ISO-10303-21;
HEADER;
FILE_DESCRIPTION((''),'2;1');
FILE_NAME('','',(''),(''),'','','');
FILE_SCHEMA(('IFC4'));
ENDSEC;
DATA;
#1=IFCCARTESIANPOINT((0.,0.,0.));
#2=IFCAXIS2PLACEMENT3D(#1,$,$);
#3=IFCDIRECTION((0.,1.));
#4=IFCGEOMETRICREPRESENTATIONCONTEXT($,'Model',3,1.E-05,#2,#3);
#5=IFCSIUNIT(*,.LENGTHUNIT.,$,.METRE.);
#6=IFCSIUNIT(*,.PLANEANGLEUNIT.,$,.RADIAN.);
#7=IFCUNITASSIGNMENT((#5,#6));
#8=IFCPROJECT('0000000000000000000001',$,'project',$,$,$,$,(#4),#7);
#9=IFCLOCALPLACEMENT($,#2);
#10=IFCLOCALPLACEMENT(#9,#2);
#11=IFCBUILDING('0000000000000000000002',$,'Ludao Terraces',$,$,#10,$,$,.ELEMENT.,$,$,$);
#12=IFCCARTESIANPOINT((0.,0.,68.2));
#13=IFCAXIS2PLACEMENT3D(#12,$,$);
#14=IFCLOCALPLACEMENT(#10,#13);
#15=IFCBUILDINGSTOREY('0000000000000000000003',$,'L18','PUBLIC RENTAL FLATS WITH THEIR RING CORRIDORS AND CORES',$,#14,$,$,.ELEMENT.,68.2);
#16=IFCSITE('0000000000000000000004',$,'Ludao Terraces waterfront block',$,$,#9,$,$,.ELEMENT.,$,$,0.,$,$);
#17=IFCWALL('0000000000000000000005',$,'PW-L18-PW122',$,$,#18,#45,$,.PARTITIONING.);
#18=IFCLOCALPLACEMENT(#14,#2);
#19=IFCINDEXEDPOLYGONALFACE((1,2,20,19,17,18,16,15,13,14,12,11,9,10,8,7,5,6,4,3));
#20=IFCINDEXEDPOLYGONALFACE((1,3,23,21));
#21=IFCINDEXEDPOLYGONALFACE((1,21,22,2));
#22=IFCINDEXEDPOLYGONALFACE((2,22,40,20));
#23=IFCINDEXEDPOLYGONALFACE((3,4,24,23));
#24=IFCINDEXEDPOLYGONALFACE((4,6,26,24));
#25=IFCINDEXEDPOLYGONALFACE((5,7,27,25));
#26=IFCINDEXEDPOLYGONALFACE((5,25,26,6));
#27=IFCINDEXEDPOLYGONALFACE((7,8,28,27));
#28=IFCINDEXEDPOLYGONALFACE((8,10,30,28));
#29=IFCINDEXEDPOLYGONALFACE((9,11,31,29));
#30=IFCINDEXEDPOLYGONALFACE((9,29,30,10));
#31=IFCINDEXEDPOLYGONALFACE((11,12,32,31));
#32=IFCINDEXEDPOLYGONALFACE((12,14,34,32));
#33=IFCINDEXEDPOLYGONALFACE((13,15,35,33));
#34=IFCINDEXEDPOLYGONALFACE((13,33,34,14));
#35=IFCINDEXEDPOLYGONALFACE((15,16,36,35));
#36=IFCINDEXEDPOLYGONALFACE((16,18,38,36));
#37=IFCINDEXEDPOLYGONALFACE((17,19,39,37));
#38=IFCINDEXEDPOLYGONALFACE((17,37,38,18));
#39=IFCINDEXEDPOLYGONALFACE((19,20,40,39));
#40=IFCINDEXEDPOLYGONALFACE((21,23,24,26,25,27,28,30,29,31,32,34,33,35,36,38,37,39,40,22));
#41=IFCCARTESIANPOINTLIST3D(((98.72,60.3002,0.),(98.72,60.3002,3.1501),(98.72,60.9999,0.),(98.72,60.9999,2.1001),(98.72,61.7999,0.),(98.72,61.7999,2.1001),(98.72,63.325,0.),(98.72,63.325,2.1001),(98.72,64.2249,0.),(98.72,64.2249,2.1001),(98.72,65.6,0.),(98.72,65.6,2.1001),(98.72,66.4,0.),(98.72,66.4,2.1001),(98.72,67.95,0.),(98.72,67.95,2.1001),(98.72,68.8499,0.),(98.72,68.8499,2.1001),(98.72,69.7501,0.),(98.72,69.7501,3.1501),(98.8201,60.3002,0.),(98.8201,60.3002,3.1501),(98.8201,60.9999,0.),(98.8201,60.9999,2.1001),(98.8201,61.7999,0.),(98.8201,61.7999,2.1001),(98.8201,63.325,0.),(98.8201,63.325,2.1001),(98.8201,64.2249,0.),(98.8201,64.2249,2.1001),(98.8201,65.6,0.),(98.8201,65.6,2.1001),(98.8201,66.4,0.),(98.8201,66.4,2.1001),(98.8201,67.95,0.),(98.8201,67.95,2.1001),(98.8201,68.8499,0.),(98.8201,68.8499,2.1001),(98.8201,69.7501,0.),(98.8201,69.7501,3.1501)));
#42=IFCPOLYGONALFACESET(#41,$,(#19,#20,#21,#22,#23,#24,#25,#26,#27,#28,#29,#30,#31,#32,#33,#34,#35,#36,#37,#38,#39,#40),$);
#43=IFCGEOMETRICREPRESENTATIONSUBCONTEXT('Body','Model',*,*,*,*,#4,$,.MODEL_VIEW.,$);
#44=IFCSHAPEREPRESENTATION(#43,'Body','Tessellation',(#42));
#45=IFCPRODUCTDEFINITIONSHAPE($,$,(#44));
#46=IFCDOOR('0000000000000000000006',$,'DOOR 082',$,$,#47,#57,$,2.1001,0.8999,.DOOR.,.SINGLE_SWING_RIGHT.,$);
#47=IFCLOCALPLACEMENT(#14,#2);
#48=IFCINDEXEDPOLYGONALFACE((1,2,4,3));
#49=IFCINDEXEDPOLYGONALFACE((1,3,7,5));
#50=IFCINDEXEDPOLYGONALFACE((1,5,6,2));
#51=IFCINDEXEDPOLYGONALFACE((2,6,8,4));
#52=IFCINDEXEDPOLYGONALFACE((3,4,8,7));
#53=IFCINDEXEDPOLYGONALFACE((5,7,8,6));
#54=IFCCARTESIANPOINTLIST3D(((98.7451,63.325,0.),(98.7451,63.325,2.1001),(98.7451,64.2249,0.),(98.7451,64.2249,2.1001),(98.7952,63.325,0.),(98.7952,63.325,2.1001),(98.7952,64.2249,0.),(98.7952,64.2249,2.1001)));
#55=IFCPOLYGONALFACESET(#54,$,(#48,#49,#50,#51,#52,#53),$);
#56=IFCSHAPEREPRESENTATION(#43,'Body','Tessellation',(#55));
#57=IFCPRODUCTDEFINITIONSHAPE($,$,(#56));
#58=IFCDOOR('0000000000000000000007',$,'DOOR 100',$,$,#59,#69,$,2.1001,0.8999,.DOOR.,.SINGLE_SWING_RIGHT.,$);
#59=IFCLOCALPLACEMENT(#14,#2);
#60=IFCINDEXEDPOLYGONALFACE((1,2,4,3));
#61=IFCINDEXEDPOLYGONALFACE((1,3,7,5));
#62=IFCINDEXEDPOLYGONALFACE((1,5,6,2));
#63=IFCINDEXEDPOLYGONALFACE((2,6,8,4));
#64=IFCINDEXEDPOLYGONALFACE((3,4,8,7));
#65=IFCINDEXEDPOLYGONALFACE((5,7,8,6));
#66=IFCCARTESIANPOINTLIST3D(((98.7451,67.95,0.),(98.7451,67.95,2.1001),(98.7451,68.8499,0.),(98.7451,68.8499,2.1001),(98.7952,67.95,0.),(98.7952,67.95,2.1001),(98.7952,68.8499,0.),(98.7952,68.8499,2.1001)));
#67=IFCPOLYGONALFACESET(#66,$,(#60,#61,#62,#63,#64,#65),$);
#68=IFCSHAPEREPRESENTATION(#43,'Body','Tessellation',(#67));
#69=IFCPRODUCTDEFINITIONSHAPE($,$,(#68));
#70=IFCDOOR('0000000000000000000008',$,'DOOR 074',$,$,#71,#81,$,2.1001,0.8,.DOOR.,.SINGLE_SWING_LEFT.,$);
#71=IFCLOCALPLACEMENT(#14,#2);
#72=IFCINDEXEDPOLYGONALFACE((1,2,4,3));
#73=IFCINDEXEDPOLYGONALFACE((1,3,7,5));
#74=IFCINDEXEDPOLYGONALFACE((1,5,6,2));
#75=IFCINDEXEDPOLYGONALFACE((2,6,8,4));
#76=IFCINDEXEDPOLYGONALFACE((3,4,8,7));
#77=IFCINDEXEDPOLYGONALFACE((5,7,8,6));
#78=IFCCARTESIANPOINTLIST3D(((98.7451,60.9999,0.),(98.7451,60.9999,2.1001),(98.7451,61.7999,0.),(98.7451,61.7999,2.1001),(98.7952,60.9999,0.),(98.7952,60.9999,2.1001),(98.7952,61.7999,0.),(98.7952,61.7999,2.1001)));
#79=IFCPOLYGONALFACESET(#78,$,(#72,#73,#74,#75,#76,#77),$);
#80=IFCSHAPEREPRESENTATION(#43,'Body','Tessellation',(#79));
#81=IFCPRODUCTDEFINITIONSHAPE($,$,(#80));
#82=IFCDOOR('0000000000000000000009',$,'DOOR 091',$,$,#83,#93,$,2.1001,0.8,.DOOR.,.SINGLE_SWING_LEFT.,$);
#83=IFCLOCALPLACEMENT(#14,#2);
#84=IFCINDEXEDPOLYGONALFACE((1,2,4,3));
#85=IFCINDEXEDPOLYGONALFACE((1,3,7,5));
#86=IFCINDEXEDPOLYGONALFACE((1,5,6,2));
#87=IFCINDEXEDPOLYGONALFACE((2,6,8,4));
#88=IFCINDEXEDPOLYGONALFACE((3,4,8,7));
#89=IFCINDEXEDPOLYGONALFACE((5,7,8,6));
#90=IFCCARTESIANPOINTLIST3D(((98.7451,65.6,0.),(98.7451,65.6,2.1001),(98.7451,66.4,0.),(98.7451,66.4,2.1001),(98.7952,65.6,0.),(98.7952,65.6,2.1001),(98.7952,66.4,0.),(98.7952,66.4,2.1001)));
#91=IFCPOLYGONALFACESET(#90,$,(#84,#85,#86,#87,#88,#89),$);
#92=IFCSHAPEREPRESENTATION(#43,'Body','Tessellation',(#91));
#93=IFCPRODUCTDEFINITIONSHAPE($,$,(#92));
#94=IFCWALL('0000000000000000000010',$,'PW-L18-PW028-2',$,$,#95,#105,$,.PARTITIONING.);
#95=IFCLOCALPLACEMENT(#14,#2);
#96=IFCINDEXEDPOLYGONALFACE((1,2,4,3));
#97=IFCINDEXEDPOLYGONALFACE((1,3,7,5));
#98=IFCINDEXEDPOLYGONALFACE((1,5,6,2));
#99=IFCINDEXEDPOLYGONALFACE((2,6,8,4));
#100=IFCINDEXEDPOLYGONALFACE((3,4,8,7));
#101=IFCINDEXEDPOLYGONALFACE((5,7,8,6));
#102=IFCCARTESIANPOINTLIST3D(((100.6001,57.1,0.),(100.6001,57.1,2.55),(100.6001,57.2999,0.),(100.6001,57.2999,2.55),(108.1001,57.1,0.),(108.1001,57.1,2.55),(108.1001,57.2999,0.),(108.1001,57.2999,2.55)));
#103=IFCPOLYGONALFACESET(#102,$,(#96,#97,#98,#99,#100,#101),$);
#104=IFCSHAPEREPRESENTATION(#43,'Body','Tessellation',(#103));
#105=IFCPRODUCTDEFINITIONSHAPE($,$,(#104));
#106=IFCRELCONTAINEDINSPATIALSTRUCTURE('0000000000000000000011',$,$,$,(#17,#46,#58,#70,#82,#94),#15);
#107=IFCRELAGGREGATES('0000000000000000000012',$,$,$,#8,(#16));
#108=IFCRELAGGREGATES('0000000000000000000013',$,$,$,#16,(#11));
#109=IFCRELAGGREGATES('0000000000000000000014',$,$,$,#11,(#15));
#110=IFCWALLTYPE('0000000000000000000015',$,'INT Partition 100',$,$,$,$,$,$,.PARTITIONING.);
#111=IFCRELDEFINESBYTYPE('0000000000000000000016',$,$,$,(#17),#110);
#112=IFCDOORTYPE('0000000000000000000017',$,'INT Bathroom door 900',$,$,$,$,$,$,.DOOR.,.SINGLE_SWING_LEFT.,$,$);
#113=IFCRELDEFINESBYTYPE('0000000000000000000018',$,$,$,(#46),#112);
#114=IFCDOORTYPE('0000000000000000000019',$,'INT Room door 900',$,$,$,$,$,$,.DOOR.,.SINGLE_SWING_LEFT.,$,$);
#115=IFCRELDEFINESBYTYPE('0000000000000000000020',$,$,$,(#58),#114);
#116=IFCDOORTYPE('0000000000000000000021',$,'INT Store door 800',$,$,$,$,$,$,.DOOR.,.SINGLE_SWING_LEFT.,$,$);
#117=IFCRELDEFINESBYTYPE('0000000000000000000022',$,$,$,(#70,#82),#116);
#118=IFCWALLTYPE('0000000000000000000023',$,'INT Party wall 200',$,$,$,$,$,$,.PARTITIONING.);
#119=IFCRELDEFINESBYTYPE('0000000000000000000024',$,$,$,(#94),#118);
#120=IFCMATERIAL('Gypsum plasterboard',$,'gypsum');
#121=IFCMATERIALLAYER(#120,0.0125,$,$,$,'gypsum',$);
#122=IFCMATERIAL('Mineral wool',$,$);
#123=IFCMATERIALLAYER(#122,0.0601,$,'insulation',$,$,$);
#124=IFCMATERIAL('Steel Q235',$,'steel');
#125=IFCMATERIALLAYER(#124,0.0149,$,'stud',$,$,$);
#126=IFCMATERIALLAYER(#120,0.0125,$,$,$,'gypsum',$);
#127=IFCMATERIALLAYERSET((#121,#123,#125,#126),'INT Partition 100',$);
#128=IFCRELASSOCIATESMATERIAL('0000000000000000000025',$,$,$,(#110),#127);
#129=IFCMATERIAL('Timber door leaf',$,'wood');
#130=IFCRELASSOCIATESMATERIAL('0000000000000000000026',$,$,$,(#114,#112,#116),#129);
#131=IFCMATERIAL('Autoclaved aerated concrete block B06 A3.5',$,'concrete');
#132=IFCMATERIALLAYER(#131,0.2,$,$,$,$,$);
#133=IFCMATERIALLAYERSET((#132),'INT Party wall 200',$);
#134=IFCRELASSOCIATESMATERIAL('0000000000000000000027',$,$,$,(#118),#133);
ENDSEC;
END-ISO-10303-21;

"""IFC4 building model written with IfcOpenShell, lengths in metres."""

from ifc_helpers import new_model, si_unit, direction, frame, frame_2d, origin, place, context, subcontext, project, spatial, rectangle, extrude, material, layer, layer_set, type_object, element, fill, save


model = new_model("IFC4")

# Units and contexts
model_context = context("Model", 3, precision=1e-05, world=origin(), true_north=direction((0.0, 1.0)))
body_context = subcontext(model_context, "Body", "Model", "MODEL_VIEW")
ifc_project = project(units=[si_unit("LENGTHUNIT", "METRE"), si_unit("PLANEANGLEUNIT", "RADIAN")], contexts=[model_context])

# Site, building, storey
site_placement = place(None, origin())
site = spatial("IfcSite", under=ifc_project, at=site_placement, Name="Ludao Terraces waterfront block", CompositionType="ELEMENT", RefElevation=0.0)
building_placement = place(site_placement, origin())
building = spatial("IfcBuilding", under=site, at=building_placement, Name="Ludao Terraces", CompositionType="ELEMENT")
storey_placement = place(building_placement, frame((0.0, 0.0, 68.2)))
storey = spatial("IfcBuildingStorey", under=building, at=storey_placement, Name="L18", Description="PUBLIC RENTAL FLATS WITH THEIR RING CORRIDORS AND CORES", CompositionType="ELEMENT", Elevation=68.2)

# Shared definitions
ifc_material_1 = material(Name="Autoclaved aerated concrete block B06 A3.5", Category="concrete")
ifc_material_2 = material(Name="Steel Q235", Category="steel")

# Shared definitions
ifc_material_3 = material(Name="Gypsum plasterboard", Category="gypsum")
ifc_layer_1 = layer(ifc_material_3, 0.0125, Category="gypsum")
ifc_material_4 = material(Name="Mineral wool")
ifc_layer_2 = layer(ifc_material_4, 0.0601, Name="insulation")
ifc_layer_3 = layer(ifc_material_2, 0.0149, Name="stud")
ifc_layer_4 = layer(ifc_material_3, 0.0125, Category="gypsum")
ifc_layer_set_1 = layer_set([ifc_layer_1, ifc_layer_2, ifc_layer_3, ifc_layer_4], Name="INT Partition 100")
wall_type_1 = type_object("IfcWallType", Name="INT Partition 100", PredefinedType="PARTITIONING", material=ifc_layer_set_1)

# Wall, openings, doors
ifc_material_5 = material(Name="Timber door leaf", Category="wood")
door_type_1 = type_object("IfcDoorType", Name="INT Room door 900", OperationType="SINGLE_SWING_LEFT", PredefinedType="DOOR", material=ifc_material_5)
wall_1_placement = place(storey_placement, frame((98.77, 60.3, 0.0), z_axis=(0.0, 0.0, 1.0), x_axis=(0.0, 1.0, 0.0)))
wall_1 = element("IfcWall", 1, at=wall_1_placement, inside=storey, type_object=wall_type_1, Name="PW-L18-PW122", PredefinedType="PARTITIONING", context=body_context, shape_type="SweptSolid", body=[
    extrude(rectangle(XDim=9.45, YDim=0.1001, at=frame_2d((4.7251, 0.0))), origin(), (0.0, 0.0, 1.0), 3.1501),
])
opening_1_placement = place(wall_1_placement, frame((0.7, 0.0, 0.0)))
opening_1 = element("IfcOpeningElement", 2, at=opening_1_placement, cuts=wall_1, PredefinedType="OPENING", context=body_context, shape_type="SweptSolid", body=[
    extrude(rectangle(XDim=0.8, YDim=2.1001, at=frame_2d((0.3999, 1.05))), frame((0.0, 0.0601, 0.0), z_axis=(0.0, -1.0, 0.0), x_axis=(1.0, 0.0, 0.0)), (0.0, 0.0, 1.0), 0.1201),
])
opening_2_placement = place(wall_1_placement, frame((3.0249, 0.0, 0.0)))
opening_2 = element("IfcOpeningElement", 3, at=opening_2_placement, cuts=wall_1, PredefinedType="OPENING", context=body_context, shape_type="SweptSolid", body=[
    extrude(rectangle(XDim=0.8999, YDim=2.1001, at=frame_2d((0.45, 1.05))), frame((0.0, 0.0601, 0.0), z_axis=(0.0, -1.0, 0.0), x_axis=(1.0, 0.0, 0.0)), (0.0, 0.0, 1.0), 0.1201),
])
opening_3_placement = place(wall_1_placement, frame((5.3, 0.0, 0.0)))
opening_3 = element("IfcOpeningElement", 4, at=opening_3_placement, cuts=wall_1, PredefinedType="OPENING", context=body_context, shape_type="SweptSolid", body=[
    extrude(rectangle(XDim=0.8, YDim=2.1001, at=frame_2d((0.3999, 1.05))), frame((0.0, 0.0601, 0.0), z_axis=(0.0, -1.0, 0.0), x_axis=(1.0, 0.0, 0.0)), (0.0, 0.0, 1.0), 0.1201),
])
opening_4_placement = place(wall_1_placement, frame((7.6499, 0.0, 0.0)))
opening_4 = element("IfcOpeningElement", 5, at=opening_4_placement, cuts=wall_1, PredefinedType="OPENING", context=body_context, shape_type="SweptSolid", body=[
    extrude(rectangle(XDim=0.8999, YDim=2.1001, at=frame_2d((0.45, 1.05))), frame((0.0, 0.0601, 0.0), z_axis=(0.0, -1.0, 0.0), x_axis=(1.0, 0.0, 0.0)), (0.0, 0.0, 1.0), 0.1201),
])
door_type_2 = type_object("IfcDoorType", Name="INT Bathroom door 900", OperationType="SINGLE_SWING_LEFT", PredefinedType="DOOR", material=ifc_material_5)
door_1_placement = place(opening_2_placement, origin())
door_1 = element("IfcDoor", 6, at=door_1_placement, inside=storey, type_object=door_type_2, Name="DOOR 082", OperationType="SINGLE_SWING_RIGHT", OverallHeight=2.1001, OverallWidth=0.8999, PredefinedType="DOOR", context=body_context, shape_type="SweptSolid", body=[
    extrude(rectangle(XDim=0.8999, YDim=2.1001, at=frame_2d((0.45, 1.05))), frame((0.0, 0.0249, 0.0), z_axis=(0.0, -1.0, 0.0), x_axis=(1.0, 0.0, 0.0)), (0.0, 0.0, 1.0), 0.05),
])
fill(opening_2, door_1)
door_2_placement = place(opening_4_placement, origin())
door_2 = element("IfcDoor", 7, at=door_2_placement, inside=storey, type_object=door_type_1, Name="DOOR 100", OperationType="SINGLE_SWING_RIGHT", OverallHeight=2.1001, OverallWidth=0.8999, PredefinedType="DOOR", context=body_context, shape_type="SweptSolid", body=[
    extrude(rectangle(XDim=0.8999, YDim=2.1001, at=frame_2d((0.45, 1.05))), frame((0.0, 0.0249, 0.0), z_axis=(0.0, -1.0, 0.0), x_axis=(1.0, 0.0, 0.0)), (0.0, 0.0, 1.0), 0.05),
])
fill(opening_4, door_2)
door_type_3 = type_object("IfcDoorType", Name="INT Store door 800", OperationType="SINGLE_SWING_LEFT", PredefinedType="DOOR", material=ifc_material_5)
door_3_placement = place(opening_1_placement, origin())
door_3 = element("IfcDoor", 8, at=door_3_placement, inside=storey, type_object=door_type_3, Name="DOOR 074", OperationType="SINGLE_SWING_LEFT", OverallHeight=2.1001, OverallWidth=0.8, PredefinedType="DOOR", context=body_context, shape_type="SweptSolid", body=[
    extrude(rectangle(XDim=0.8, YDim=2.1001, at=frame_2d((0.3999, 1.05))), frame((0.0, 0.0249, 0.0), z_axis=(0.0, -1.0, 0.0), x_axis=(1.0, 0.0, 0.0)), (0.0, 0.0, 1.0), 0.05),
])
fill(opening_1, door_3)
door_4_placement = place(opening_3_placement, origin())
door_4 = element("IfcDoor", 9, at=door_4_placement, inside=storey, type_object=door_type_3, Name="DOOR 091", OperationType="SINGLE_SWING_LEFT", OverallHeight=2.1001, OverallWidth=0.8, PredefinedType="DOOR", context=body_context, shape_type="SweptSolid", body=[
    extrude(rectangle(XDim=0.8, YDim=2.1001, at=frame_2d((0.3999, 1.05))), frame((0.0, 0.0249, 0.0), z_axis=(0.0, -1.0, 0.0), x_axis=(1.0, 0.0, 0.0)), (0.0, 0.0, 1.0), 0.05),
])
fill(opening_3, door_4)

# Wall
ifc_layer_5 = layer(ifc_material_1, 0.2)
ifc_layer_set_2 = layer_set([ifc_layer_5], Name="INT Party wall 200")
wall_type_2 = type_object("IfcWallType", Name="INT Party wall 200", PredefinedType="PARTITIONING", material=ifc_layer_set_2)
wall_2_placement = place(storey_placement, frame((100.6001, 57.2, 0.0), z_axis=(0.0, 0.0, 1.0), x_axis=(1.0, 0.0, 0.0)))
element("IfcWall", 10, at=wall_2_placement, inside=storey, type_object=wall_type_2, Name="PW-L18-PW028-2", PredefinedType="PARTITIONING", context=body_context, shape_type="SweptSolid", body=[
    extrude(rectangle(XDim=7.5, YDim=0.2, at=frame_2d((3.75, 0.0))), origin(), (0.0, 0.0, 1.0), 2.55),
])

save(model, "model.ifc")
